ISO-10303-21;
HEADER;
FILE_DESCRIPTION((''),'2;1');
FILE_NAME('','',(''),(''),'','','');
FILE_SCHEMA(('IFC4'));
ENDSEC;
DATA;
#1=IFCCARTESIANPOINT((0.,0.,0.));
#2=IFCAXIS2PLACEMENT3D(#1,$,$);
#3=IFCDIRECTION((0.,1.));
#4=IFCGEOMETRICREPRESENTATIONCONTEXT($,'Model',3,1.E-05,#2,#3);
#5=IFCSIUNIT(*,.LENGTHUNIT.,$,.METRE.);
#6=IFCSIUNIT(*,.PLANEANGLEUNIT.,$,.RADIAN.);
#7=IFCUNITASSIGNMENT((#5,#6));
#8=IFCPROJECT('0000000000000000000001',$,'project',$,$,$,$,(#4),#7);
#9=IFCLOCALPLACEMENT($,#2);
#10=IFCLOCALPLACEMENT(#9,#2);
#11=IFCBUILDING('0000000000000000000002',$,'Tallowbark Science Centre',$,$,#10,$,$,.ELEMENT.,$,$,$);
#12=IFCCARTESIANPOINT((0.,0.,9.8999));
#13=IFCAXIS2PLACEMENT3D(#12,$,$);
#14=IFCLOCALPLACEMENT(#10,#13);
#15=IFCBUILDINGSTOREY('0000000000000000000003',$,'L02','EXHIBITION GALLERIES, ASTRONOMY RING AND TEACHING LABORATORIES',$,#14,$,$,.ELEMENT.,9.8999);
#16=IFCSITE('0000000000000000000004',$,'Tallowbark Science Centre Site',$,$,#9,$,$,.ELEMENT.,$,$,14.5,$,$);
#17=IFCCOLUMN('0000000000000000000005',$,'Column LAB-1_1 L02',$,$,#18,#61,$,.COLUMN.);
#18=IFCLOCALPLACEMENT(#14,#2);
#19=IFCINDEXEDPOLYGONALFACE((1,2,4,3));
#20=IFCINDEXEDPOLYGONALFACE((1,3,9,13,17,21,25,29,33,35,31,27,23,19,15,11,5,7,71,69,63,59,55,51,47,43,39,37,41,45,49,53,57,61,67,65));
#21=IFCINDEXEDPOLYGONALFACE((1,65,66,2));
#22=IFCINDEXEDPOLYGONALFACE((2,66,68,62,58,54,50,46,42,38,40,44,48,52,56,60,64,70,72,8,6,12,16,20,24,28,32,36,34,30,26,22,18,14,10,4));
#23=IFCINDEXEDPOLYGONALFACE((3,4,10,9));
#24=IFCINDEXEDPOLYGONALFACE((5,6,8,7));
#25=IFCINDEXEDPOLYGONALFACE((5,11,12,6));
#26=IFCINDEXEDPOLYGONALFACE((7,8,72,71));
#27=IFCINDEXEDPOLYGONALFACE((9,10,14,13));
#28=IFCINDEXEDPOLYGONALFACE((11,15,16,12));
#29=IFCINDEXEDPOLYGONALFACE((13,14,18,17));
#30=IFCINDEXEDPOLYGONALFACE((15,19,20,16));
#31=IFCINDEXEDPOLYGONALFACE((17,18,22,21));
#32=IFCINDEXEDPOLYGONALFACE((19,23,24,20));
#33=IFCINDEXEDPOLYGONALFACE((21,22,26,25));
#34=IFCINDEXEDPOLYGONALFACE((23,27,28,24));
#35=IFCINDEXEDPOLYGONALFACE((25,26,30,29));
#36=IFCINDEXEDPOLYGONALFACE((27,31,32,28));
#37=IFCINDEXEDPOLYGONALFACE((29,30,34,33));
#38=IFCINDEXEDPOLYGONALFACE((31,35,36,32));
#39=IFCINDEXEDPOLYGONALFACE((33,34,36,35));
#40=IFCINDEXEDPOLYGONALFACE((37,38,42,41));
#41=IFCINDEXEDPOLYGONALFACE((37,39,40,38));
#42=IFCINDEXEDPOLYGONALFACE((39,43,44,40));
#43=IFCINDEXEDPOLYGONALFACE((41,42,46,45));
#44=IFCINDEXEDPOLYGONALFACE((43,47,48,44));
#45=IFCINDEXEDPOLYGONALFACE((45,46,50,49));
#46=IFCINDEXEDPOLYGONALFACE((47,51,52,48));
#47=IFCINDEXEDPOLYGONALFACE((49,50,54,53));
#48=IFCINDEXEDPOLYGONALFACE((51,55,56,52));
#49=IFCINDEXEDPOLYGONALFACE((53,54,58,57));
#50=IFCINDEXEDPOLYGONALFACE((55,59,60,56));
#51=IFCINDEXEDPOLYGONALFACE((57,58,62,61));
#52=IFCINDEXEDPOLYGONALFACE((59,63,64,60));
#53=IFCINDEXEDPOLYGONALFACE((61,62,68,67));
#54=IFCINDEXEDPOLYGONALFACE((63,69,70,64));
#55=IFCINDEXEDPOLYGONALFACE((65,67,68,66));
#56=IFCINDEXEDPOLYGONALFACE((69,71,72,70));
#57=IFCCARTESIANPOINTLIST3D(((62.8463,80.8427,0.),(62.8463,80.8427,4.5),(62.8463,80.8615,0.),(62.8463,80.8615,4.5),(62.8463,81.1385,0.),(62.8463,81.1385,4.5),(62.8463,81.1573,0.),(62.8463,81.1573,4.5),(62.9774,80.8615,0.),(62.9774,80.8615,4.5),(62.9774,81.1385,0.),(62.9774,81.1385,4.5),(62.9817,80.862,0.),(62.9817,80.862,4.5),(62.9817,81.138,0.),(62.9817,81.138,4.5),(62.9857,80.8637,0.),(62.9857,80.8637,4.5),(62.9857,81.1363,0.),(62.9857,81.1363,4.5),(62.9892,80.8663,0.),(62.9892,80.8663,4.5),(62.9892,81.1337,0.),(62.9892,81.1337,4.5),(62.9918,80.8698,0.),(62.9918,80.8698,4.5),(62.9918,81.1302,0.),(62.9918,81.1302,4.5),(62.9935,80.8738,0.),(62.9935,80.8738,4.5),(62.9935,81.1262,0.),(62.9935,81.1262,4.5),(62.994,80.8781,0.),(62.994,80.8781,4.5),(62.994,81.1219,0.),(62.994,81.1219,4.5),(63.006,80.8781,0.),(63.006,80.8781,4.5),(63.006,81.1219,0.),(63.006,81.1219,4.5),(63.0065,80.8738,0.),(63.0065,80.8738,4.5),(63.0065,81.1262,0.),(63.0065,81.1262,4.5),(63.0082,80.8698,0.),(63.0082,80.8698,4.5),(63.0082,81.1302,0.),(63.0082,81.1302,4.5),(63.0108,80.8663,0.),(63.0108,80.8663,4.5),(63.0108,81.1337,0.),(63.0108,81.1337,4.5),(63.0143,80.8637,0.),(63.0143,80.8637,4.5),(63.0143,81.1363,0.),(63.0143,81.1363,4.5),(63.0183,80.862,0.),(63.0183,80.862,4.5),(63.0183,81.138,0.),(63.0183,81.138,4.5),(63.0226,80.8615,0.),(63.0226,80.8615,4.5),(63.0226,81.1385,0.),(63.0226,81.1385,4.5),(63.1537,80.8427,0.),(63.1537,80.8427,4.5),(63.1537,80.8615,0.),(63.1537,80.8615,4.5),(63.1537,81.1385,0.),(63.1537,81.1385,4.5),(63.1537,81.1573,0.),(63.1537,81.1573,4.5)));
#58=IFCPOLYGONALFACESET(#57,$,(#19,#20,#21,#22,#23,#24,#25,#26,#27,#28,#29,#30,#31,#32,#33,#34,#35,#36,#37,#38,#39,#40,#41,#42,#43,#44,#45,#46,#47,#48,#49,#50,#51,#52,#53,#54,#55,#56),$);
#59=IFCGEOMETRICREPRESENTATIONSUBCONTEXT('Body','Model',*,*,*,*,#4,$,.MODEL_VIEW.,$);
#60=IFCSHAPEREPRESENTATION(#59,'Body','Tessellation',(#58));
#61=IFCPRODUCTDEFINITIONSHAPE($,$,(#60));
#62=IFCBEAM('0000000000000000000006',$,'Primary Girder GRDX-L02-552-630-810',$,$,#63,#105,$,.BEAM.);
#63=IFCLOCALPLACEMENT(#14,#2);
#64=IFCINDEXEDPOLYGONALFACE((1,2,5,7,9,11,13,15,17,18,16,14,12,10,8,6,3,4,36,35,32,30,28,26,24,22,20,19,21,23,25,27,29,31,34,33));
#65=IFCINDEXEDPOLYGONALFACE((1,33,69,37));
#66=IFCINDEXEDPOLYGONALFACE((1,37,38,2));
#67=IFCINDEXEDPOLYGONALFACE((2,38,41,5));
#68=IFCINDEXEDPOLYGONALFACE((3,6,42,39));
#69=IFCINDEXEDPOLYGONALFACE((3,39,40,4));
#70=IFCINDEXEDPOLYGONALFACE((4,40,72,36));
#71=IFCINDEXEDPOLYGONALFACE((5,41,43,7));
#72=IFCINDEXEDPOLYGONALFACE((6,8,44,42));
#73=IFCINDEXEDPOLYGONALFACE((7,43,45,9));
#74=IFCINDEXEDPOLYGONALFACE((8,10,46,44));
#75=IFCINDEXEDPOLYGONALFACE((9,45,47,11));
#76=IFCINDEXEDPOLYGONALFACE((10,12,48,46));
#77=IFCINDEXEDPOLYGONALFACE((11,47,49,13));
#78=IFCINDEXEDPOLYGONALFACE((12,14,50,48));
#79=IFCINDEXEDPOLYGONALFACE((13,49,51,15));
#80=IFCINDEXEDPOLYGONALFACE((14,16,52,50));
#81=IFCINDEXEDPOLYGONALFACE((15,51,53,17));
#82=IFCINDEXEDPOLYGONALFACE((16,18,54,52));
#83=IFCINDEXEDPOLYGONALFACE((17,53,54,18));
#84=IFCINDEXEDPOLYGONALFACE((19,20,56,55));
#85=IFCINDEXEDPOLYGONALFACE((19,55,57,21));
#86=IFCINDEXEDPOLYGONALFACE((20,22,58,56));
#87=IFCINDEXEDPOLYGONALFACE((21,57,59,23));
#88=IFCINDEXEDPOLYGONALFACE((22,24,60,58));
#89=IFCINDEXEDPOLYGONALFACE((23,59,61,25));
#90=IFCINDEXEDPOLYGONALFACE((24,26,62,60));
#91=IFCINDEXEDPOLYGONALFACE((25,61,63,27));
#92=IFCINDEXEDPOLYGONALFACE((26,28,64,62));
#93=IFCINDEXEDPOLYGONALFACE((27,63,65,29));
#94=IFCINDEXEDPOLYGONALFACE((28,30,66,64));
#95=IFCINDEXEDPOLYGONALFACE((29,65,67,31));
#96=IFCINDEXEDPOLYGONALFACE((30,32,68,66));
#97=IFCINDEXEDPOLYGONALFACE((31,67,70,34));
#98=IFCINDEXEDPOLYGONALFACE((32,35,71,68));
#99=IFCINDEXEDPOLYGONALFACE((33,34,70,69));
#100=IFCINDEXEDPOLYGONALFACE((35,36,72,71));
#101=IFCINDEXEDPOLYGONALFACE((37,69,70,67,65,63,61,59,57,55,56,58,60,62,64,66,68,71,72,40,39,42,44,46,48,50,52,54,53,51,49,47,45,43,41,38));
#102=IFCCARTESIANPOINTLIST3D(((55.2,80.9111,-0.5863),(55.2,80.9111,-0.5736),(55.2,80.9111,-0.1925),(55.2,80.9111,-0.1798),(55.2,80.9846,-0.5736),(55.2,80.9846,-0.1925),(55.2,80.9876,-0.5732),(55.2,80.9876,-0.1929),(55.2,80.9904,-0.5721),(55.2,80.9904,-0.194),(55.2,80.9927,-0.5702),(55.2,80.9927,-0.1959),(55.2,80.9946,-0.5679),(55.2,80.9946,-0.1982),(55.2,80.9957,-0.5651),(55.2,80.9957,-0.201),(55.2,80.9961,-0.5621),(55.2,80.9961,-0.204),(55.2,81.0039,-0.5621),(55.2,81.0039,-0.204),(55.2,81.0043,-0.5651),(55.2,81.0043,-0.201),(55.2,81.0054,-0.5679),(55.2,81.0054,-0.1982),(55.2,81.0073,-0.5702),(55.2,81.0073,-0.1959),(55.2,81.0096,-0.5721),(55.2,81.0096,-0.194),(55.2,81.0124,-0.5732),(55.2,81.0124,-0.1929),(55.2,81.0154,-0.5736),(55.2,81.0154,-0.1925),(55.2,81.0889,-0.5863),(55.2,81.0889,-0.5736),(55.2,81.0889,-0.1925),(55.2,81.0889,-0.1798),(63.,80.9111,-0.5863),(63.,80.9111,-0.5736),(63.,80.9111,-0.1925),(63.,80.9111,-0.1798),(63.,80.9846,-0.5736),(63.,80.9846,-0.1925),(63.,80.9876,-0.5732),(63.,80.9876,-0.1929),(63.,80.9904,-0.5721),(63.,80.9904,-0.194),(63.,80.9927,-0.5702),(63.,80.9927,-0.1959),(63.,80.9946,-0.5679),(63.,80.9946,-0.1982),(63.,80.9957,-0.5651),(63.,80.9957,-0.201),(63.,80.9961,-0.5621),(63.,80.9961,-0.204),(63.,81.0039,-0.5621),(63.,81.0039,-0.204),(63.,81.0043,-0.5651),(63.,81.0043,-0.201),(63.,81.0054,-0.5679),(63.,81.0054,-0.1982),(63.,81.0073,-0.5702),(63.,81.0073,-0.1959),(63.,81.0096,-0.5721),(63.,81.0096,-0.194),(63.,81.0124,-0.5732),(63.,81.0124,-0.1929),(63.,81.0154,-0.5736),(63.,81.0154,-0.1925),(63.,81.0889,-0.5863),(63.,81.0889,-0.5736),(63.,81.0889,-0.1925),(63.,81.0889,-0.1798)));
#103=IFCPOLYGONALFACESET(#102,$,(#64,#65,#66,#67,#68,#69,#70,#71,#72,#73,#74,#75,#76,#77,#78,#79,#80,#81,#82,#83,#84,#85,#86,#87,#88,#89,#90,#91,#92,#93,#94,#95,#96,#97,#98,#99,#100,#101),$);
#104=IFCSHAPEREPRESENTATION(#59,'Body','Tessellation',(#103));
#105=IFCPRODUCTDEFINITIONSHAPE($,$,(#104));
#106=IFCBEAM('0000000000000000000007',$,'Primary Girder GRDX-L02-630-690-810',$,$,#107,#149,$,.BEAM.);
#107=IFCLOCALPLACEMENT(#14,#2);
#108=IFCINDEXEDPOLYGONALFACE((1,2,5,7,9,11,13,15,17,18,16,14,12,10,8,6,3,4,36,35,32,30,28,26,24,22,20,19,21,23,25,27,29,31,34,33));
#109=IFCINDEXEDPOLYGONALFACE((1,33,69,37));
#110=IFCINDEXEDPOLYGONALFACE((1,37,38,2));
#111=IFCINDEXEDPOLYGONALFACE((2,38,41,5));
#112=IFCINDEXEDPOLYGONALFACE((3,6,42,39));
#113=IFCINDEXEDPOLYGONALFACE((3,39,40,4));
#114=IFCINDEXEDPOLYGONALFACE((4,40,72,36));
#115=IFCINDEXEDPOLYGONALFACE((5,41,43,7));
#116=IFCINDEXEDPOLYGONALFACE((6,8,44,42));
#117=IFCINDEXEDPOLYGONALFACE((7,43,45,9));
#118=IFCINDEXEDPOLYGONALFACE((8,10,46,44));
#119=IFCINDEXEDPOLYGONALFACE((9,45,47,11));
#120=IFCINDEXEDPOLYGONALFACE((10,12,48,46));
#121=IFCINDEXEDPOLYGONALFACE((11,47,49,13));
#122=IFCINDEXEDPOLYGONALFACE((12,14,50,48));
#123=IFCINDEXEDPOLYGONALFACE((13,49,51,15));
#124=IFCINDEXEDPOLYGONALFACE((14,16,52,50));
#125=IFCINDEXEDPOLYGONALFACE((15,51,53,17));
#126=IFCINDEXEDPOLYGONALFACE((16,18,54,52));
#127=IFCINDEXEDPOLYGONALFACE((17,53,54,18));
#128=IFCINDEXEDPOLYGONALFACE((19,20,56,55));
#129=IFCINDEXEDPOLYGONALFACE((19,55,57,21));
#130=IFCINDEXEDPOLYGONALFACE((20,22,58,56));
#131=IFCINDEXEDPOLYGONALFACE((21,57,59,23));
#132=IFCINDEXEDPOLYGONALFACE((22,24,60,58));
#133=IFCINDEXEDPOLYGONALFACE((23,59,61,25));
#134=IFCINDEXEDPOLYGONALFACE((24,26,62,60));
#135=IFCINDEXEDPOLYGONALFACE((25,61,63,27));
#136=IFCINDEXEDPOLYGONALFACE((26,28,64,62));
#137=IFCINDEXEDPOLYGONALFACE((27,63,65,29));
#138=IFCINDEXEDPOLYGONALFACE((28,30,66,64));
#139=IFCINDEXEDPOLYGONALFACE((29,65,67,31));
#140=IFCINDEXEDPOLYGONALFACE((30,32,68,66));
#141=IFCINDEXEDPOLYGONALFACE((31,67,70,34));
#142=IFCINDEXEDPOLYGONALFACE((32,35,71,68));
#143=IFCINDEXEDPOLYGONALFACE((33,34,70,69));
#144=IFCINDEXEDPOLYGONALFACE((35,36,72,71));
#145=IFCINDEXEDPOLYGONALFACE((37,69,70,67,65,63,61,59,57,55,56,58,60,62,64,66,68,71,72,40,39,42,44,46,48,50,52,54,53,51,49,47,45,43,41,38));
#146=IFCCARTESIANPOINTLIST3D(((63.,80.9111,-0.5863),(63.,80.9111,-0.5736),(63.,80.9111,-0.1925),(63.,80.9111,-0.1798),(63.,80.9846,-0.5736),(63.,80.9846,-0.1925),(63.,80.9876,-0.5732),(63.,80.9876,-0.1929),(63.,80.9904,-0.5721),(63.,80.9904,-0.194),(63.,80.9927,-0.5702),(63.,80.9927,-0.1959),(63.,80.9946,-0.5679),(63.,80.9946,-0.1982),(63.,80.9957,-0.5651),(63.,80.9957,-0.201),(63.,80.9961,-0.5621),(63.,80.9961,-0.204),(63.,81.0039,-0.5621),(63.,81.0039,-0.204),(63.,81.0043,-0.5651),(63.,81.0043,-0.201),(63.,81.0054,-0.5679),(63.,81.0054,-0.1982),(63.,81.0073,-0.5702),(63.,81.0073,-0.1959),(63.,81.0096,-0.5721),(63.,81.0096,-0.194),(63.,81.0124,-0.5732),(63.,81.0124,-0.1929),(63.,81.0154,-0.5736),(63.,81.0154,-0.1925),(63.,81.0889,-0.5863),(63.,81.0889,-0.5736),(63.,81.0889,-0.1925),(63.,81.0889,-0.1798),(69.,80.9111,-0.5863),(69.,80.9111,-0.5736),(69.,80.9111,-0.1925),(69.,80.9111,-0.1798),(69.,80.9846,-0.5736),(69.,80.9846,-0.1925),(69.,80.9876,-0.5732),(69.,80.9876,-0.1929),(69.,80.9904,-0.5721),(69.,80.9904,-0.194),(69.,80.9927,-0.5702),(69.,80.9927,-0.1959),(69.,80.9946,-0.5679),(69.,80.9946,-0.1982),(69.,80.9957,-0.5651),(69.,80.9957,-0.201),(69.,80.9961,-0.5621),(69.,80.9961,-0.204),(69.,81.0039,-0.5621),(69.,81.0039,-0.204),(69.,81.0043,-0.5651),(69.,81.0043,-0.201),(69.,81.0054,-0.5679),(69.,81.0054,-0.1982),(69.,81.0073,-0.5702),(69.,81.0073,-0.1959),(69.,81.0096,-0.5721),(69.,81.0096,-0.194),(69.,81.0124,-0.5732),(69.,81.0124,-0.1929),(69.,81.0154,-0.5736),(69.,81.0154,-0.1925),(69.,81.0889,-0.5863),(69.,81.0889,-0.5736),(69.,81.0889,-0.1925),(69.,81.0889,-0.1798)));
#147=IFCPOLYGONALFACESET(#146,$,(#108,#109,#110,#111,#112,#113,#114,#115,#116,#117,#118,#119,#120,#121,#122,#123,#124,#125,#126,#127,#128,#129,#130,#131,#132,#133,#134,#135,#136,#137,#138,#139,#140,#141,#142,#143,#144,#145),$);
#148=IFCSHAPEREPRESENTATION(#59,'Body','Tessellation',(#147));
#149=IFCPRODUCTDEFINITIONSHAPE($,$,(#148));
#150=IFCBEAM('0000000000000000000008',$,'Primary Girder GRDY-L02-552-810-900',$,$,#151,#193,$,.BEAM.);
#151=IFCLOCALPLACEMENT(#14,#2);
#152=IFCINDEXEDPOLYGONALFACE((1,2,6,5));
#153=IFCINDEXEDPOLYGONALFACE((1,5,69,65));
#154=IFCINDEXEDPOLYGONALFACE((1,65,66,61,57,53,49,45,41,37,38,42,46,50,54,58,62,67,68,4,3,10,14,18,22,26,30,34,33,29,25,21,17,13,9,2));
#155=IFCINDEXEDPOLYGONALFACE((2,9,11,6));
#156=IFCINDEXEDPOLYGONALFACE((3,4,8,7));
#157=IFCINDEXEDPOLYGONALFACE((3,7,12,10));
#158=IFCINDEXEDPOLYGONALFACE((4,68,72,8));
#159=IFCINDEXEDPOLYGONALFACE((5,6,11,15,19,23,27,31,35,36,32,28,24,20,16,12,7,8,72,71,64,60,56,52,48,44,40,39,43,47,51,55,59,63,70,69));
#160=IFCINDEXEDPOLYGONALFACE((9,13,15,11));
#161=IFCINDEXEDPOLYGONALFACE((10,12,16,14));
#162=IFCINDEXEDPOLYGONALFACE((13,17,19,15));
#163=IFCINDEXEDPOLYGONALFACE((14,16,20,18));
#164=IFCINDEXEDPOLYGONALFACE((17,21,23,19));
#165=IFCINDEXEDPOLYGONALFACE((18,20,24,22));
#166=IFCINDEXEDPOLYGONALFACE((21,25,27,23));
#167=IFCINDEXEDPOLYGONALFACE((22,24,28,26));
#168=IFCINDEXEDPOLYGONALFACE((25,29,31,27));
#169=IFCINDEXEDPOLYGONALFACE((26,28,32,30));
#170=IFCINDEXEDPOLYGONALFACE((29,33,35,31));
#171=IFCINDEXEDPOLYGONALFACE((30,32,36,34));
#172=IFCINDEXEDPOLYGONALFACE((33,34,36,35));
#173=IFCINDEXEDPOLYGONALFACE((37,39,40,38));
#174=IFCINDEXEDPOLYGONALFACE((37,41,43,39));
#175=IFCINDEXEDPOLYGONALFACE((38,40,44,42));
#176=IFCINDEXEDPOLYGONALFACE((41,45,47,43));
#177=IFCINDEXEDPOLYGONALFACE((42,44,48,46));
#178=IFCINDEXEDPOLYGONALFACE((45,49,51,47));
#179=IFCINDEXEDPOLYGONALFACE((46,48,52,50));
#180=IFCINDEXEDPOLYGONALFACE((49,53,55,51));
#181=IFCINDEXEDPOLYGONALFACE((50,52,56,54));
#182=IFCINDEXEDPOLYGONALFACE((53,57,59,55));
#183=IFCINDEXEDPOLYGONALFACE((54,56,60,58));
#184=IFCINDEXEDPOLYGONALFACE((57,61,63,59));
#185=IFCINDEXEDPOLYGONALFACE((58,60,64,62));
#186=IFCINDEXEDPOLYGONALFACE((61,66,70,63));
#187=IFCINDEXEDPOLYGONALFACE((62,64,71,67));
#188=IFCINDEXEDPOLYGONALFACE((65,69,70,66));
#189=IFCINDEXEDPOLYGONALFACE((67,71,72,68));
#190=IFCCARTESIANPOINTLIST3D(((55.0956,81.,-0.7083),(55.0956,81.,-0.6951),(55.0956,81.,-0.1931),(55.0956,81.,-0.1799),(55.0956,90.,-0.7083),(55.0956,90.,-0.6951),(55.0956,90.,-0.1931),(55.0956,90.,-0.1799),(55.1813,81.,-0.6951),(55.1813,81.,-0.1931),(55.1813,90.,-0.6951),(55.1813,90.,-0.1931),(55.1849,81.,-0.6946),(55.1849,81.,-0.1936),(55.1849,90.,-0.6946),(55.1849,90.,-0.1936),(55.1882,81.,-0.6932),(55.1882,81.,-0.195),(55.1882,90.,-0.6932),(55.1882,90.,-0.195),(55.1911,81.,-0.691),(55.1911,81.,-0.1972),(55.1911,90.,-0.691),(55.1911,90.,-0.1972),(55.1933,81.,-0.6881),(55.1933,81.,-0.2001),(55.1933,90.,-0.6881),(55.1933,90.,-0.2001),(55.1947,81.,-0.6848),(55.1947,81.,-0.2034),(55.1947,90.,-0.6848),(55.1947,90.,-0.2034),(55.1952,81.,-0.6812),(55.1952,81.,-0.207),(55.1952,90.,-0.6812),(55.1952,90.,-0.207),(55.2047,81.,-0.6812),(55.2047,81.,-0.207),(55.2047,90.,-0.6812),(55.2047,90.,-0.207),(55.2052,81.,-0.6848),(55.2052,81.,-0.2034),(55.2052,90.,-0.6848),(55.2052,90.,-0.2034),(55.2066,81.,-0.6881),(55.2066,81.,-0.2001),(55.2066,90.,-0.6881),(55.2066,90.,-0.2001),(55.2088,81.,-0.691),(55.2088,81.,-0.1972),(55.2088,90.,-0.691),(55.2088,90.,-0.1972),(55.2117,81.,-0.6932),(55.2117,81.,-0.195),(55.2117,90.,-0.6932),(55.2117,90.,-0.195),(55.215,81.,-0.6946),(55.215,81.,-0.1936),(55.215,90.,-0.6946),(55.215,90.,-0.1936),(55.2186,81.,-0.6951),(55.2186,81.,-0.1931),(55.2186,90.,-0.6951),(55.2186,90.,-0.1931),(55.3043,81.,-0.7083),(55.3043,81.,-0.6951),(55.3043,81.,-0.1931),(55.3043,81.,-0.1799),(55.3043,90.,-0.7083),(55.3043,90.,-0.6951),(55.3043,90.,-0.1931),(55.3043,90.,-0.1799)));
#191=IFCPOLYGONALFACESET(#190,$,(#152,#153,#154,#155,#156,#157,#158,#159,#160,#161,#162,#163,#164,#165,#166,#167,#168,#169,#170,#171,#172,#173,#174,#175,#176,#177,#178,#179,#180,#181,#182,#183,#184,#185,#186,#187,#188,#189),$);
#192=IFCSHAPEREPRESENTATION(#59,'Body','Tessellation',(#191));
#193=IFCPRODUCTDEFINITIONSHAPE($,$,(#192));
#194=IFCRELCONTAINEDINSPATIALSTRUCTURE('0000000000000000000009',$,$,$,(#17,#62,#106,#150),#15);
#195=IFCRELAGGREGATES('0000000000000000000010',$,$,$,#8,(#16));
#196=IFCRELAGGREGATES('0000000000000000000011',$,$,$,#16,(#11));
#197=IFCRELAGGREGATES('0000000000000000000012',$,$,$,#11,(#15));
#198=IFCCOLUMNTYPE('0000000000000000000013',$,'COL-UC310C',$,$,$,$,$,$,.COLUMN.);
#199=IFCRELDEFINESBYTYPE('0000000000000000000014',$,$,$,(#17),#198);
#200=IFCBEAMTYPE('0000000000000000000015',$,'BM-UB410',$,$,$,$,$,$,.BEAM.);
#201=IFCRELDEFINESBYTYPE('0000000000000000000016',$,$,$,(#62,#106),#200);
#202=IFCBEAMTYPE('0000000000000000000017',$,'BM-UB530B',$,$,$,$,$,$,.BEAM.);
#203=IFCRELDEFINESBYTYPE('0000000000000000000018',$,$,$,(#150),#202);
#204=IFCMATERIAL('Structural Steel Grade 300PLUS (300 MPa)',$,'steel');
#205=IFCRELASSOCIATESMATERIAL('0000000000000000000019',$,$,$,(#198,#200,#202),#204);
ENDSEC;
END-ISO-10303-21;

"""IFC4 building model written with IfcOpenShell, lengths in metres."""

from ifc_helpers import new_model, si_unit, direction, frame, origin, origin_2d, place, context, subcontext, project, spatial, i_section, extrude, material, material_profile, profile_set, type_object, element, save


model = new_model("IFC4")

# Units and contexts
model_context = context("Model", 3, precision=1e-05, world=origin(), true_north=direction((0.0, 1.0)))
body_context = subcontext(model_context, "Body", "Model", "MODEL_VIEW")
ifc_project = project(units=[si_unit("LENGTHUNIT", "METRE"), si_unit("PLANEANGLEUNIT", "RADIAN")], contexts=[model_context])

# Site, building, storey
site_placement = place(None, origin())
site = spatial("IfcSite", under=ifc_project, at=site_placement, Name="Tallowbark Science Centre Site", CompositionType="ELEMENT", RefElevation=14.5)
building_placement = place(site_placement, origin())
building = spatial("IfcBuilding", under=site, at=building_placement, Name="Tallowbark Science Centre", CompositionType="ELEMENT")
storey_placement = place(building_placement, frame((0.0, 0.0, 9.8999)))
storey = spatial("IfcBuildingStorey", under=building, at=storey_placement, Name="L02", Description="EXHIBITION GALLERIES, ASTRONOMY RING AND TEACHING LABORATORIES", CompositionType="ELEMENT", Elevation=9.8999)

# Column
ifc_material_1 = material(Name="Structural Steel Grade 300PLUS (300 MPa)", Category="steel")
ifc_material_profile_1 = material_profile(ifc_material_1, i_section(OverallWidth=0.3074, OverallDepth=0.3147, WebThickness=0.012, FlangeThickness=0.0188, FilletRadius=0.0166, at=origin_2d()), Name="310UC118")
ifc_profile_set_1 = profile_set([ifc_material_profile_1], Name="Structural Steel Grade 300PLUS (300 MPa)")
column_type = type_object("IfcColumnType", Name="COL-UC310C", PredefinedType="COLUMN", material=ifc_profile_set_1)
column_placement = place(storey_placement, frame((63.0, 81.0, 0.0), z_axis=(0.0, 0.0, 1.0), x_axis=(1.0, 0.0, 0.0)))
element("IfcColumn", 1, at=column_placement, inside=storey, type_object=column_type, Name="Column LAB-1_1 L02", PredefinedType="COLUMN", context=body_context, shape_type="SweptSolid", body=[
    extrude(i_section(OverallWidth=0.3074, OverallDepth=0.3147, WebThickness=0.012, FlangeThickness=0.0188, FilletRadius=0.0166, at=origin_2d()), origin(), (0.0, 0.0, 1.0), 4.5),
])

# Beams
ifc_material_profile_2 = material_profile(ifc_material_1, i_section(OverallWidth=0.1777, OverallDepth=0.4065, WebThickness=0.0078, FlangeThickness=0.0127, FilletRadius=0.0115, at=origin_2d()), Name="410UB59.7")
ifc_profile_set_2 = profile_set([ifc_material_profile_2], Name="Structural Steel Grade 300PLUS (300 MPa)")
beam_type_1 = type_object("IfcBeamType", Name="BM-UB410", PredefinedType="BEAM", material=ifc_profile_set_2)
beam_1_placement = place(storey_placement, frame((55.2, 81.0, -0.3831), z_axis=(1.0, 0.0, 0.0), x_axis=(0.0, 1.0, 0.0)))
element("IfcBeam", 2, at=beam_1_placement, inside=storey, type_object=beam_type_1, Name="Primary Girder GRDX-L02-552-630-810", PredefinedType="BEAM", context=body_context, shape_type="SweptSolid", body=[
    extrude(i_section(OverallWidth=0.1777, OverallDepth=0.4065, WebThickness=0.0078, FlangeThickness=0.0127, FilletRadius=0.0115, at=origin_2d()), origin(), (0.0, 0.0, 1.0), 7.8),
])
beam_2_placement = place(storey_placement, frame((63.0, 81.0, -0.3831), z_axis=(1.0, 0.0, 0.0), x_axis=(0.0, 1.0, 0.0)))
element("IfcBeam", 3, at=beam_2_placement, inside=storey, type_object=beam_type_1, Name="Primary Girder GRDX-L02-630-690-810", PredefinedType="BEAM", context=body_context, shape_type="SweptSolid", body=[
    extrude(i_section(OverallWidth=0.1777, OverallDepth=0.4065, WebThickness=0.0078, FlangeThickness=0.0127, FilletRadius=0.0115, at=origin_2d()), origin(), (0.0, 0.0, 1.0), 6.0),
])
ifc_material_profile_3 = material_profile(ifc_material_1, i_section(OverallWidth=0.2087, OverallDepth=0.5283, WebThickness=0.0095, FlangeThickness=0.0132, FilletRadius=0.0139, at=origin_2d()), Name="530UB82.0")
ifc_profile_set_3 = profile_set([ifc_material_profile_3], Name="Structural Steel Grade 300PLUS (300 MPa)")
beam_type_2 = type_object("IfcBeamType", Name="BM-UB530B", PredefinedType="BEAM", material=ifc_profile_set_3)
for number, where, z_axis, x_axis, name in (
    (4, (55.2, 81.0, -0.4441), (0.0, 1.0, 0.0), (-1.0, 0.0, 0.0), "Primary Girder GRDY-L02-552-810-900"),
):
    element("IfcBeam", number, at=place(storey_placement, frame(where, z_axis=z_axis, x_axis=x_axis)), inside=storey, type_object=beam_type_2, Name=name, PredefinedType="BEAM", context=body_context, shape_type="SweptSolid", body=[
        extrude(i_section(OverallWidth=0.2087, OverallDepth=0.5283, WebThickness=0.0095, FlangeThickness=0.0132, FilletRadius=0.0139, at=origin_2d()), origin(), (0.0, 0.0, 1.0), 9.0),
    ])

save(model, "model.ifc")
